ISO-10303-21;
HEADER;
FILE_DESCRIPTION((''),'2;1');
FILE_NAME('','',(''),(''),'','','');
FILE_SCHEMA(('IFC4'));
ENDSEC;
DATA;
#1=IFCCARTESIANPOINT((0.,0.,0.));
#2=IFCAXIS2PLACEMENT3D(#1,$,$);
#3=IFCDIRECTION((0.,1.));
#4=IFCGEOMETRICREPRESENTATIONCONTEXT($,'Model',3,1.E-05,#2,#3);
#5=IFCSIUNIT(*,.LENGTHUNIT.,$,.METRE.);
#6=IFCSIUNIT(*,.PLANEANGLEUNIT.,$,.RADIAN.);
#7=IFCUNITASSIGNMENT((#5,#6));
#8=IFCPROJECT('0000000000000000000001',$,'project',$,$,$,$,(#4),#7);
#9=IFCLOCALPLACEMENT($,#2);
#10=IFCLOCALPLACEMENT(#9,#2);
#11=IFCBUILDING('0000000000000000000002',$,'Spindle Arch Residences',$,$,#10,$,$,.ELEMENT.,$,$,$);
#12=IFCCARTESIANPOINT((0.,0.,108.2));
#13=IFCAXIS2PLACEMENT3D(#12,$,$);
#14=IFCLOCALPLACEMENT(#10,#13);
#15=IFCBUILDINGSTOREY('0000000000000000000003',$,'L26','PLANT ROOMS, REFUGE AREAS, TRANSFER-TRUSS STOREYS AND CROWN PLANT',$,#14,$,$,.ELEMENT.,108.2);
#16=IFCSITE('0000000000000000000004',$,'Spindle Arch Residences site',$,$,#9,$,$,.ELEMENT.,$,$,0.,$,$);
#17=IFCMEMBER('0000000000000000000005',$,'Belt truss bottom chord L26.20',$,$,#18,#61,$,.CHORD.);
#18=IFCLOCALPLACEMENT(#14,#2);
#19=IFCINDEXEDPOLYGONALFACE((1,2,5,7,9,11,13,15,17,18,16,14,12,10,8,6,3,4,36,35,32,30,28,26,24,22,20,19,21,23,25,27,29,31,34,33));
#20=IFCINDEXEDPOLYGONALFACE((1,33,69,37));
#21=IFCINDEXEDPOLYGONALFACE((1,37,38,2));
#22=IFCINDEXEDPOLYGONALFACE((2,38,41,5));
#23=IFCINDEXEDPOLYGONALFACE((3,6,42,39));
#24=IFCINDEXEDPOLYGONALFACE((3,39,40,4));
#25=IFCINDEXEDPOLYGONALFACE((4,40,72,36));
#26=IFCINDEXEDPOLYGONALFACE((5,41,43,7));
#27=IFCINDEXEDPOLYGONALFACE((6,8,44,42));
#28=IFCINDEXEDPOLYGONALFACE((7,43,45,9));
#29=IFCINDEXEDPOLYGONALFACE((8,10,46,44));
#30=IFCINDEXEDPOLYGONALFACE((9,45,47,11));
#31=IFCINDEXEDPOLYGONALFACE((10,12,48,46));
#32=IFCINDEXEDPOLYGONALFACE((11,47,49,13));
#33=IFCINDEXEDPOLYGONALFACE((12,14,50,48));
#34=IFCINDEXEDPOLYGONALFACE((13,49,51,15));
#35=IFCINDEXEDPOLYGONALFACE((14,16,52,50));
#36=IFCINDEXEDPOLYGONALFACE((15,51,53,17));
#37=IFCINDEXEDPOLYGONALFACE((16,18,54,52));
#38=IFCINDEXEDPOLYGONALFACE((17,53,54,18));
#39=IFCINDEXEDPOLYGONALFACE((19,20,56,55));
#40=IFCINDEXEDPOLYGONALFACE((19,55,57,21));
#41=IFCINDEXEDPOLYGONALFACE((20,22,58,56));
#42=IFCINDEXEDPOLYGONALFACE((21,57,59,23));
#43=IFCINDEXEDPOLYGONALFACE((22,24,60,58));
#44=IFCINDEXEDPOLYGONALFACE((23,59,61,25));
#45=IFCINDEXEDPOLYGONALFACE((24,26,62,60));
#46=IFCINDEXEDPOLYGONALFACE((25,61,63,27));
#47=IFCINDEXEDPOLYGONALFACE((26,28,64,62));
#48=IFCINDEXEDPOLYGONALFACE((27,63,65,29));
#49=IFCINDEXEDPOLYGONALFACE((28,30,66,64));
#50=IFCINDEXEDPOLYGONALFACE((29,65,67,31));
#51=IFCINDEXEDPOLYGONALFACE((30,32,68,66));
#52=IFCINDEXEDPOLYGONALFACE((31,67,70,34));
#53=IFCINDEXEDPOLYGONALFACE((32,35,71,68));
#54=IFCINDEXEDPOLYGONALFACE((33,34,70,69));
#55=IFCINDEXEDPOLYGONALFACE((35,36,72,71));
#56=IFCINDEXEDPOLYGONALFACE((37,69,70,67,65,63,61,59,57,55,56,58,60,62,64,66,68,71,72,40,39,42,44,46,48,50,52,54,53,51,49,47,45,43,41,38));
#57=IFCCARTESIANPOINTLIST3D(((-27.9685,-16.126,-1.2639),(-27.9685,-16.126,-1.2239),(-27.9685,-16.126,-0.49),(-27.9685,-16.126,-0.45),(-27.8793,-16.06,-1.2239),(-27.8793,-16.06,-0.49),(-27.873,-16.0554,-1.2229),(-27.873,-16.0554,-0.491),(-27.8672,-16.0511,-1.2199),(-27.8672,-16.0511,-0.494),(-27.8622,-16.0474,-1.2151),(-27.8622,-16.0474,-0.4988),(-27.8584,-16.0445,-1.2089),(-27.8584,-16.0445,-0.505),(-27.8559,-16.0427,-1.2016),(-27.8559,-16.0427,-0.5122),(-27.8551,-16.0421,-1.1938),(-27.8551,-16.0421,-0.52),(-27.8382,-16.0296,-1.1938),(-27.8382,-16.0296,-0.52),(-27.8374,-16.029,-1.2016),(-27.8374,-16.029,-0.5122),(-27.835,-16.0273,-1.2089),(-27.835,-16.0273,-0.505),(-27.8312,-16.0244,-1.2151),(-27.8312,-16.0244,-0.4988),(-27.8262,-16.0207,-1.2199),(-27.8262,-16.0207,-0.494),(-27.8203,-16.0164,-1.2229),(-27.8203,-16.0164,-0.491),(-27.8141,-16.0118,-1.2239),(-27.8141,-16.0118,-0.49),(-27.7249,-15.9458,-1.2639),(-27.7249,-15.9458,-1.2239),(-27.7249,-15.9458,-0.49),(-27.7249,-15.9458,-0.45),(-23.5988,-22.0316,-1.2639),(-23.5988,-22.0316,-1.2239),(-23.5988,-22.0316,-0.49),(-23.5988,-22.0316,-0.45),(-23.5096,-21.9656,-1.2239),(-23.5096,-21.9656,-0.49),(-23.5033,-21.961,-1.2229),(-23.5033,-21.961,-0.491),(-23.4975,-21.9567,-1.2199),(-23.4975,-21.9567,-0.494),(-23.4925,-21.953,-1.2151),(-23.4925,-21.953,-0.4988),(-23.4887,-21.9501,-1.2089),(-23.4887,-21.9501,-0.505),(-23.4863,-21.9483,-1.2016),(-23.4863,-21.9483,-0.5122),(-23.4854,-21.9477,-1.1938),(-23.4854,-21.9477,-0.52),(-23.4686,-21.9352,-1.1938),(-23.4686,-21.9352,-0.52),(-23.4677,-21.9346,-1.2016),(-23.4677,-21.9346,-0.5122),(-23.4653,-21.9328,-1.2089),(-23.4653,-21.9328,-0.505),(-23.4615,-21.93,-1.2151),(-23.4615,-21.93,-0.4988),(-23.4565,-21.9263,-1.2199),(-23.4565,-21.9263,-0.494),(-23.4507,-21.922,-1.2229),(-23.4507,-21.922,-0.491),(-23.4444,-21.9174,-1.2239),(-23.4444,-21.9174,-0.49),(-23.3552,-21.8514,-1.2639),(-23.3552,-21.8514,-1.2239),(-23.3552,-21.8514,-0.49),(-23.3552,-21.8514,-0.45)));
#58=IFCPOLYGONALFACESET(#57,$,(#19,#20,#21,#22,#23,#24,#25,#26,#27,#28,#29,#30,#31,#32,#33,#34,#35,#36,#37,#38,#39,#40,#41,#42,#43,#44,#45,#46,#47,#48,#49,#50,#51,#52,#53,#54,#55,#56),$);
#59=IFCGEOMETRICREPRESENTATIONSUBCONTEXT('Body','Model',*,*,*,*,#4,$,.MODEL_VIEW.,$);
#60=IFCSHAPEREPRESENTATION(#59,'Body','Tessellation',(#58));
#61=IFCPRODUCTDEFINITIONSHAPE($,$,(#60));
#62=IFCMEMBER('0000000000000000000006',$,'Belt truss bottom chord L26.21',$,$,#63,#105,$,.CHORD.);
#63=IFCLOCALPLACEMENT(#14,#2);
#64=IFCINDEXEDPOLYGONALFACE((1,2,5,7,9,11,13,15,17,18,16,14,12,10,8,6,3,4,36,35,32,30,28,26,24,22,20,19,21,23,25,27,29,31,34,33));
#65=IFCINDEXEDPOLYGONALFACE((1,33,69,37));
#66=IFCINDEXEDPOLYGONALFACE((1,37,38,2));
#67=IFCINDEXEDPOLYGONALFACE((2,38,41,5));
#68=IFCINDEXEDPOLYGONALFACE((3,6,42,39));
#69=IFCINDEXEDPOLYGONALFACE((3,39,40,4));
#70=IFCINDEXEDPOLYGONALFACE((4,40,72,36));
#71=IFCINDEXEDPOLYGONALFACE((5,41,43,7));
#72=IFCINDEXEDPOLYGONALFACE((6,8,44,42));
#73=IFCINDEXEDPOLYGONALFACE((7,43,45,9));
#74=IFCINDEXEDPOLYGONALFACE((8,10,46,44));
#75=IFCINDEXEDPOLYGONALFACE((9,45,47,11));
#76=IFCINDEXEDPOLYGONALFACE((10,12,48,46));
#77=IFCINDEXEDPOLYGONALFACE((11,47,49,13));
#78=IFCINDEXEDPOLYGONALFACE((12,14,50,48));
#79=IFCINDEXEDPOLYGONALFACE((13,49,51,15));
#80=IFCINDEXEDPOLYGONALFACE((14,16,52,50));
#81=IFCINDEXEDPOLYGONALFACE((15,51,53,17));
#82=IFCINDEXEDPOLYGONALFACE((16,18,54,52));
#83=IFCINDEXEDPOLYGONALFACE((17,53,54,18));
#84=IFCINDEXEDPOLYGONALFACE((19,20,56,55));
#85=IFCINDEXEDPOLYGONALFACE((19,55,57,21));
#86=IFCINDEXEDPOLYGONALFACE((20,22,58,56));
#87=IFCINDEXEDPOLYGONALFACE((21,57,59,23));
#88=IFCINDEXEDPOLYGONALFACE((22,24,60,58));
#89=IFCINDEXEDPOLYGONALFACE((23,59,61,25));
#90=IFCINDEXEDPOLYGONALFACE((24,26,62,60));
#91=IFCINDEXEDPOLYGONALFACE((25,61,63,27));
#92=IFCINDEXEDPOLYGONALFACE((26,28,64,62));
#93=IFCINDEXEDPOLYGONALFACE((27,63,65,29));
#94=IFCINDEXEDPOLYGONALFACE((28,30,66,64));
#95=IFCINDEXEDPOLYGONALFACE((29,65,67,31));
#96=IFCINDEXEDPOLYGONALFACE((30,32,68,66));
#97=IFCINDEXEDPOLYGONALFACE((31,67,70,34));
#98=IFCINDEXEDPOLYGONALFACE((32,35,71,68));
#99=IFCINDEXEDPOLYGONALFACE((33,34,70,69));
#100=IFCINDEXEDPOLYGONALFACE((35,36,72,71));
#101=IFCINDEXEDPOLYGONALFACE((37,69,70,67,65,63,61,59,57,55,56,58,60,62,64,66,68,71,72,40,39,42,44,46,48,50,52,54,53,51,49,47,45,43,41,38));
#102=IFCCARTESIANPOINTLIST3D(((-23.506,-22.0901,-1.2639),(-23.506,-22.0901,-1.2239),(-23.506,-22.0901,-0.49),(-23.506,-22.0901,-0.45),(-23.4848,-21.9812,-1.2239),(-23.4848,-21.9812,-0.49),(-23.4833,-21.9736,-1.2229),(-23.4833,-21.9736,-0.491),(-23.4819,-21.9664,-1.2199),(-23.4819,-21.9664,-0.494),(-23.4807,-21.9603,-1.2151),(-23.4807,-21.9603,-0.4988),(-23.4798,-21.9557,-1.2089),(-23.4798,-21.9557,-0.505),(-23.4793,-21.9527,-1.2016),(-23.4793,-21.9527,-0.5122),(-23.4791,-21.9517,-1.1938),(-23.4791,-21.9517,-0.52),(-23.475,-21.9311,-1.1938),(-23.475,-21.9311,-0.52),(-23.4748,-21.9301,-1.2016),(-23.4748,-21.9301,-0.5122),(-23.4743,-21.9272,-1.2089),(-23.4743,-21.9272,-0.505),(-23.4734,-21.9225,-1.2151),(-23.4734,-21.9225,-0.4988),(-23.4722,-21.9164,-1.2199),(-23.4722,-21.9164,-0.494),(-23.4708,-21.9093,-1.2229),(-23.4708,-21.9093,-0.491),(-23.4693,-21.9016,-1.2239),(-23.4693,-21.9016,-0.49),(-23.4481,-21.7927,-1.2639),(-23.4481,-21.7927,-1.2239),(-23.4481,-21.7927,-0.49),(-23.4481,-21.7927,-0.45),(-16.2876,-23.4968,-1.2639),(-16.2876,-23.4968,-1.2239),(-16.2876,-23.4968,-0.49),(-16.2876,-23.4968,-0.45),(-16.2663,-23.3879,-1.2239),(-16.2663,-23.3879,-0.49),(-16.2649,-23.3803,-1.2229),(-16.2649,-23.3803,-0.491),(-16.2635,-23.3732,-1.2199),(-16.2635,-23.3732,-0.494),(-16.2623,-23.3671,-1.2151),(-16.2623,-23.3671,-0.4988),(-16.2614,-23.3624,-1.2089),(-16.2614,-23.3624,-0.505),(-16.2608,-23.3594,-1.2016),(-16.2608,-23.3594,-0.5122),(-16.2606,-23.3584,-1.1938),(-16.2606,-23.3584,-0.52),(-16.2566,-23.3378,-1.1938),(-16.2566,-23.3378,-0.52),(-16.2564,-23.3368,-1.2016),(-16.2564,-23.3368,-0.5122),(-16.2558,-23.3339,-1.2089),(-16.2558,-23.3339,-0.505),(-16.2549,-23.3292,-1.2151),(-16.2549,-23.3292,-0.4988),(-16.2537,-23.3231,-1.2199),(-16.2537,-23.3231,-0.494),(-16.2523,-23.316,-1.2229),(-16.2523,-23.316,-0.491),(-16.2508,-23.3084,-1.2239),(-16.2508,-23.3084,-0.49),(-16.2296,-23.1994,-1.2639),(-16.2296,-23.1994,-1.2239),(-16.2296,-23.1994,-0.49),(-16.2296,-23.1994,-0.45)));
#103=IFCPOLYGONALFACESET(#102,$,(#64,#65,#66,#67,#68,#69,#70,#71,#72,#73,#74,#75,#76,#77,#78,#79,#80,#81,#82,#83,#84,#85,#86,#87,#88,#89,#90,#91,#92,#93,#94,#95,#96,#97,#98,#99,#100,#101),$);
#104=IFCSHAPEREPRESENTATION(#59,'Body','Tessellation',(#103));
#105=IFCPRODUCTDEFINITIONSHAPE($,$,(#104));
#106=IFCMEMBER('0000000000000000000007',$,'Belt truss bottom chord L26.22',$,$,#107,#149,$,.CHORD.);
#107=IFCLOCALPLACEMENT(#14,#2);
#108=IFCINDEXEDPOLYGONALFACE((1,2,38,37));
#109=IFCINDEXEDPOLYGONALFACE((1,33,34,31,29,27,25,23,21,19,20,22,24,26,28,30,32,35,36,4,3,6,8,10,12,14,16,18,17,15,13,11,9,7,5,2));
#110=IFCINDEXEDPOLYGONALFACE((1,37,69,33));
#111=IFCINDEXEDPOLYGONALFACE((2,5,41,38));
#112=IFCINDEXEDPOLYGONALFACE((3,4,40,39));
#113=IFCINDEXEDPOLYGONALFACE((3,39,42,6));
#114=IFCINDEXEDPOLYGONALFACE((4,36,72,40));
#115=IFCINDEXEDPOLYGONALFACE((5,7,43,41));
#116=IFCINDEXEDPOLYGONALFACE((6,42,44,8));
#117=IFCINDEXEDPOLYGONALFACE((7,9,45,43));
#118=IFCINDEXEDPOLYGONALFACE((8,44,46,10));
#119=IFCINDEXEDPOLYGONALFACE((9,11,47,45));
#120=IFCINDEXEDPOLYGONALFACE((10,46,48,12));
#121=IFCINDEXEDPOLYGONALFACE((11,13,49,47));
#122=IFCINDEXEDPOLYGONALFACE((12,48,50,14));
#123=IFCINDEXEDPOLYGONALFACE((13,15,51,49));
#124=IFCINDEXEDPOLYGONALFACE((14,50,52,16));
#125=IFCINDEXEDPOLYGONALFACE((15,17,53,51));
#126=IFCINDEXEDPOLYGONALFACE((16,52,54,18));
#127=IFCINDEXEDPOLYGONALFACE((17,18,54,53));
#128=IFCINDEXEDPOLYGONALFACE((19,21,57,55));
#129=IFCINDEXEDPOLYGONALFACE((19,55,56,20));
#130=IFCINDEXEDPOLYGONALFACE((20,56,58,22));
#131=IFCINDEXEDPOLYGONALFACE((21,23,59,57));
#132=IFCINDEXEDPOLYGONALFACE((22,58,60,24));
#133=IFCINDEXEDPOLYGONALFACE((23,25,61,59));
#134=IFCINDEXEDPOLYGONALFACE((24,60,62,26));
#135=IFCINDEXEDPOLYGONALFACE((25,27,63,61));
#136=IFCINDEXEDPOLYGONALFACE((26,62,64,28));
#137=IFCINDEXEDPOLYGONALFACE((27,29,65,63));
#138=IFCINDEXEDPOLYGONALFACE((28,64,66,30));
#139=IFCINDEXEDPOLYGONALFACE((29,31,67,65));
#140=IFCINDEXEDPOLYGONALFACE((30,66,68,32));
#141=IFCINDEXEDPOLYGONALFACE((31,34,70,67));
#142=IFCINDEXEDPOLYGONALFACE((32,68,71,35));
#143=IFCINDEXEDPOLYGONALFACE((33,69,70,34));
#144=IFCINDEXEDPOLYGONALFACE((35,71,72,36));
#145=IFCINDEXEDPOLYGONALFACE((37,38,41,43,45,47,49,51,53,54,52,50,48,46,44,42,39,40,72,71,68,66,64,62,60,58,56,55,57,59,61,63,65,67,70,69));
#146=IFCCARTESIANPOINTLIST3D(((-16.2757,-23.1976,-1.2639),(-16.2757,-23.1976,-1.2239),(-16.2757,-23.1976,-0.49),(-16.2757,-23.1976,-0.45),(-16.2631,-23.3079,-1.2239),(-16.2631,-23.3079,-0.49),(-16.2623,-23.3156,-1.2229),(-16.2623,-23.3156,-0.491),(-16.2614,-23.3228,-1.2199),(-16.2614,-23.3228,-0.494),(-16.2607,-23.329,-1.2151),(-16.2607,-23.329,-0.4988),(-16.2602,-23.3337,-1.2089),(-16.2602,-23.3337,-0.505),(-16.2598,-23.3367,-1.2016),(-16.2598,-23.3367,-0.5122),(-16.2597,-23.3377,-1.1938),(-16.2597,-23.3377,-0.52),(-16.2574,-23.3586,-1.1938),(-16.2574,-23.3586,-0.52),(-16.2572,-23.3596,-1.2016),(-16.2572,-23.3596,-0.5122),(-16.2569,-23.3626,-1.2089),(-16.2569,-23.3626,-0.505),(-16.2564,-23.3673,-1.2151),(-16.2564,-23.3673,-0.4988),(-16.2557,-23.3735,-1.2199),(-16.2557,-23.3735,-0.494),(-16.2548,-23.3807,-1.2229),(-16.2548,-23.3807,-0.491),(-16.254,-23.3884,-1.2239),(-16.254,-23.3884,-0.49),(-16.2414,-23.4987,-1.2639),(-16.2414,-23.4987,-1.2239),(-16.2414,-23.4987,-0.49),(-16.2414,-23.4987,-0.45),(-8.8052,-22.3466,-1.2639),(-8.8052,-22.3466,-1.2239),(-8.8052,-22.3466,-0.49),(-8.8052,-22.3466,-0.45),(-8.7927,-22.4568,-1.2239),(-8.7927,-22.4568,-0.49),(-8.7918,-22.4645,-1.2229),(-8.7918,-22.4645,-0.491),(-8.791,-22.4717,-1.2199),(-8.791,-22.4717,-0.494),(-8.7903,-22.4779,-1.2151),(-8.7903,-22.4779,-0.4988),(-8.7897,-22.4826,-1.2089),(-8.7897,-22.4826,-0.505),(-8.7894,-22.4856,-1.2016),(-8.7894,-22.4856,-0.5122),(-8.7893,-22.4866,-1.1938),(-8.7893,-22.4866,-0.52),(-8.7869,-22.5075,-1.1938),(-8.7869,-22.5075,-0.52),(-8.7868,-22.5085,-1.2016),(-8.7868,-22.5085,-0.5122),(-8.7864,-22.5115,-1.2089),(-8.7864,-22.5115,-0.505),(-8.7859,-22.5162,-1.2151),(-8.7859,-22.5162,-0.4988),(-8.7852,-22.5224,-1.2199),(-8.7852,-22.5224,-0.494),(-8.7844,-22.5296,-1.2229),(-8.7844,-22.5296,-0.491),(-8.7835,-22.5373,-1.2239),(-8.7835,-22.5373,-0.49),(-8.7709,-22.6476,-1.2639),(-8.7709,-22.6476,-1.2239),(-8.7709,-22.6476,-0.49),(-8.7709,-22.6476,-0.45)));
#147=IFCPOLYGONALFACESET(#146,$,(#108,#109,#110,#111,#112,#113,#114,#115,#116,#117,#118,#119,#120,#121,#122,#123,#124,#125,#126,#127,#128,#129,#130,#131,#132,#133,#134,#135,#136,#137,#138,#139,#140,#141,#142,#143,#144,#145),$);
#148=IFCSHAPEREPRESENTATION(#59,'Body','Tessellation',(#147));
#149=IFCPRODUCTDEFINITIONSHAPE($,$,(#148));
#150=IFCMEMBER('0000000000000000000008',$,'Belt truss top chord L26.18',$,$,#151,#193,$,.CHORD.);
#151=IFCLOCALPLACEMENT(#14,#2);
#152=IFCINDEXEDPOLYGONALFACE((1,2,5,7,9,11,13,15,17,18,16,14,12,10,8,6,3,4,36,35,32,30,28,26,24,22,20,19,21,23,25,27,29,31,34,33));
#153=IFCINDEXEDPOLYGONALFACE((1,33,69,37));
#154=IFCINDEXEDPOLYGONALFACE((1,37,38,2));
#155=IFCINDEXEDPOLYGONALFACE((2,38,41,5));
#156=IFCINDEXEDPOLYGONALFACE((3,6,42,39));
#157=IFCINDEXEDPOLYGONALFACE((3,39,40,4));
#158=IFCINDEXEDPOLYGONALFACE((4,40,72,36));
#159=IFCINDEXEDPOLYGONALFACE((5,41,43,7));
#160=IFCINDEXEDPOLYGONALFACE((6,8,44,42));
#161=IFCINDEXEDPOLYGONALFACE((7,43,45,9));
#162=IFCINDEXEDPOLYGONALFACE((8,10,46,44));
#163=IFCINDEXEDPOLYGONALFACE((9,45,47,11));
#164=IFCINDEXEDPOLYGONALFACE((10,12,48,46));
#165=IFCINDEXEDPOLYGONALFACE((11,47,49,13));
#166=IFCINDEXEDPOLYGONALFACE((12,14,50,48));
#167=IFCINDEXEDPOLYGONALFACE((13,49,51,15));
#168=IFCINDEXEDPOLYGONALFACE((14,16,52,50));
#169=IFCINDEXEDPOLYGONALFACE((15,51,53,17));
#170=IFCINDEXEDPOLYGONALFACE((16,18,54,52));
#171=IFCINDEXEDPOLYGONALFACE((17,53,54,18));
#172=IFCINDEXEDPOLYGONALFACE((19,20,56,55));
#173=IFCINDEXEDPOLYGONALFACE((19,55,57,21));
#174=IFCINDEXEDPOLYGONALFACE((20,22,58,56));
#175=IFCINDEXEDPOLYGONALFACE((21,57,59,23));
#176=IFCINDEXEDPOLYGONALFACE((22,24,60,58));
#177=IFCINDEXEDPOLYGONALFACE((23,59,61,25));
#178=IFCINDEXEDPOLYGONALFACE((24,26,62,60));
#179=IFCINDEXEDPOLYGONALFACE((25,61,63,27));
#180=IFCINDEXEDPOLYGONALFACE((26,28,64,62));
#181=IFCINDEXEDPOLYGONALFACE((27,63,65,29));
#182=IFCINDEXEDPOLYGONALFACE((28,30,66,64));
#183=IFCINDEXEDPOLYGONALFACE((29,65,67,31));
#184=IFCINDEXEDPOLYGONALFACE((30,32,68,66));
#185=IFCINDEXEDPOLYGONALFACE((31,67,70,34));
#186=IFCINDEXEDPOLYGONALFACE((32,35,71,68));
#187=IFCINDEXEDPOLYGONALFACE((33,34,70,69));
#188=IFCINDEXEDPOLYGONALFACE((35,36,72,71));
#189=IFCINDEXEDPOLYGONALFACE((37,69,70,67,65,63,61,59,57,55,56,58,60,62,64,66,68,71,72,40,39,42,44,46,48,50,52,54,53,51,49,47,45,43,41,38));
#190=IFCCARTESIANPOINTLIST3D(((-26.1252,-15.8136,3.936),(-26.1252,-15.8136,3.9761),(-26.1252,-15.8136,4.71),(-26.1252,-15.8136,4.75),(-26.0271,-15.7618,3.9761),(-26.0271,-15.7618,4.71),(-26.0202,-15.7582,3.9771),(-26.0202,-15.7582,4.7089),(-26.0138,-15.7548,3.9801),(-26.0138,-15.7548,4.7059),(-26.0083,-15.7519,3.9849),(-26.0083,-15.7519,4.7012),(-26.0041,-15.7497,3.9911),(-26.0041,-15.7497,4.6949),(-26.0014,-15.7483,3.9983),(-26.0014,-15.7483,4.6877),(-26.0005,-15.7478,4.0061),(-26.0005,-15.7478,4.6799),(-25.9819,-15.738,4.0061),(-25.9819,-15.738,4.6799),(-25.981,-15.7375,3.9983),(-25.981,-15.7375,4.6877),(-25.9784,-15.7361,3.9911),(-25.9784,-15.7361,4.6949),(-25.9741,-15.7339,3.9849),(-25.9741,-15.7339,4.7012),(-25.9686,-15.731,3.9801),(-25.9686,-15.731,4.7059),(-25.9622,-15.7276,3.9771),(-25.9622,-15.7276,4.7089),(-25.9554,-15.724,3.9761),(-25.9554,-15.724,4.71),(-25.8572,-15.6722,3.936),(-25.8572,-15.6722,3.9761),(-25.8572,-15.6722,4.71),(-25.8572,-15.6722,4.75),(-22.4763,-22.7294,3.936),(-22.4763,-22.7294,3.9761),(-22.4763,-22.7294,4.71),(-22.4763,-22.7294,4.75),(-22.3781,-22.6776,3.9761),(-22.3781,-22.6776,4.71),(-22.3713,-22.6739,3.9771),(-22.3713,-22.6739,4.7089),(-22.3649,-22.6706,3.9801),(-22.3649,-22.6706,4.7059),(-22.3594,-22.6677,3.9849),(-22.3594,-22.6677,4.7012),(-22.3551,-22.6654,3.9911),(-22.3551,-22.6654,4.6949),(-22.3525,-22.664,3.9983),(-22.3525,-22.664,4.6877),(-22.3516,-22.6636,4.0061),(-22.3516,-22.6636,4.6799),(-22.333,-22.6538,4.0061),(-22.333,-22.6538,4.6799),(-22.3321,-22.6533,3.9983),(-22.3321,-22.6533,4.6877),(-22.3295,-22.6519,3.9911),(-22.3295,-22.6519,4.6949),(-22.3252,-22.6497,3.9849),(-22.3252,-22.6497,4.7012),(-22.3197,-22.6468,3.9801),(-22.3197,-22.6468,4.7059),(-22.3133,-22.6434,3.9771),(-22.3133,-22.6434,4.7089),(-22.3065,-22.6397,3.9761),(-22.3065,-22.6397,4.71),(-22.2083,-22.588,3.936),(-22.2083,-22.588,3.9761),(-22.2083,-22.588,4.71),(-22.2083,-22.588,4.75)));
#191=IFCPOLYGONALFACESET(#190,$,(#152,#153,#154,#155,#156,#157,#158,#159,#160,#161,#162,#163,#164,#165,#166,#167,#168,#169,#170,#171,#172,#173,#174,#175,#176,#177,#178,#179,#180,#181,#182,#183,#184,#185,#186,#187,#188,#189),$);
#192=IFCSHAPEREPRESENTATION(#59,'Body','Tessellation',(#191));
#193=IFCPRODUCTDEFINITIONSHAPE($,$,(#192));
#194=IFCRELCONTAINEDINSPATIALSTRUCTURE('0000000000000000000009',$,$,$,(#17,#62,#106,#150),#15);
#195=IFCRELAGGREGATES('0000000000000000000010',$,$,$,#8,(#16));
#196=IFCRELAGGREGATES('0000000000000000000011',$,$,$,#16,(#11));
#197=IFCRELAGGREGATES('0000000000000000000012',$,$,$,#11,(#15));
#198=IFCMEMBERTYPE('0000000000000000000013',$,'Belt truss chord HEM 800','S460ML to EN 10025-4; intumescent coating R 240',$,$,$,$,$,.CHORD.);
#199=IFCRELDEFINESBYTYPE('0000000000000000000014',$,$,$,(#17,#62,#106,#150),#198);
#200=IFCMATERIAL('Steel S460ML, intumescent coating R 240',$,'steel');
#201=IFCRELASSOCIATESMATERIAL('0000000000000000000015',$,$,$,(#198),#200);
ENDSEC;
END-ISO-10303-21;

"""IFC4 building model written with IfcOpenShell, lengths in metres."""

from ifc_helpers import new_model, si_unit, direction, frame, origin, origin_2d, place, context, subcontext, project, spatial, i_section, extrude, material, material_profile, profile_set, type_object, element, save


model = new_model("IFC4")

# Units and contexts
model_context = context("Model", 3, precision=1e-05, world=origin(), true_north=direction((0.0, 1.0)))
body_context = subcontext(model_context, "Body", "Model", "MODEL_VIEW")
ifc_project = project(units=[si_unit("LENGTHUNIT", "METRE"), si_unit("PLANEANGLEUNIT", "RADIAN")], contexts=[model_context])

# Site, building, storey
site_placement = place(None, origin())
site = spatial("IfcSite", under=ifc_project, at=site_placement, Name="Spindle Arch Residences site", CompositionType="ELEMENT", RefElevation=0.0)
building_placement = place(site_placement, origin())
building = spatial("IfcBuilding", under=site, at=building_placement, Name="Spindle Arch Residences", CompositionType="ELEMENT")
storey_placement = place(building_placement, frame((0.0, 0.0, 108.2)))
storey = spatial("IfcBuildingStorey", under=building, at=storey_placement, Name="L26", Description="PLANT ROOMS, REFUGE AREAS, TRANSFER-TRUSS STOREYS AND CROWN PLANT", CompositionType="ELEMENT", Elevation=108.2)

# Members
ifc_material_1 = material(Name="Steel S460ML, intumescent coating R 240", Category="steel")
ifc_material_profile_1 = material_profile(ifc_material_1, i_section(OverallWidth=0.303, OverallDepth=0.814, WebThickness=0.021, FlangeThickness=0.04, FilletRadius=0.03, at=origin_2d()), Name="HEM 800")
ifc_profile_set_1 = profile_set([ifc_material_profile_1], Name="Steel S460ML, intumescent coating R 240")
member_type_1 = type_object("IfcMemberType", Name="Belt truss chord HEM 800", Description="S460ML to EN 10025-4; intumescent coating R 240", PredefinedType="CHORD", material=ifc_profile_set_1)
member_1_placement = place(storey_placement, frame((-27.8467, -16.0359, -0.8569), z_axis=(0.594803, -0.803871, 0.0), x_axis=(0.803871, 0.594803, 0.0)))
element("IfcMember", 1, at=member_1_placement, inside=storey, type_object=member_type_1, Name="Belt truss bottom chord L26.20", PredefinedType="CHORD", context=body_context, shape_type="SweptSolid", body=[
    extrude(i_section(OverallWidth=0.303, OverallDepth=0.814, WebThickness=0.021, FlangeThickness=0.04, FilletRadius=0.03, at=origin_2d()), origin(), (0.0, 0.0, 1.0), 7.3464),
])
member_2_placement = place(storey_placement, frame((-23.4771, -21.9414, -0.8569), z_axis=(0.981535, -0.191281, 0.0), x_axis=(0.191281, 0.981535, 0.0)))
element("IfcMember", 2, at=member_2_placement, inside=storey, type_object=member_type_1, Name="Belt truss bottom chord L26.21", PredefinedType="CHORD", context=body_context, shape_type="SweptSolid", body=[
    extrude(i_section(OverallWidth=0.303, OverallDepth=0.814, WebThickness=0.021, FlangeThickness=0.04, FilletRadius=0.03, at=origin_2d()), origin(), (0.0, 0.0, 1.0), 7.3542),
])
member_3_placement = place(storey_placement, frame((-16.2585, -23.3481, -0.8569), z_axis=(0.993573, 0.113193, 0.0), x_axis=(-0.113193, 0.993573, 0.0)))
element("IfcMember", 3, at=member_3_placement, inside=storey, type_object=member_type_1, Name="Belt truss bottom chord L26.22", PredefinedType="CHORD", context=body_context, shape_type="SweptSolid", body=[
    extrude(i_section(OverallWidth=0.303, OverallDepth=0.814, WebThickness=0.021, FlangeThickness=0.04, FilletRadius=0.03, at=origin_2d()), origin(), (0.0, 0.0, 1.0), 7.5188),
])
for number, where, z_axis, x_axis, name in (
    (4, (-25.9912, -15.7429, 4.343), (0.466652, -0.884441, 0.0), (0.884441, 0.466652, 0.0), "Belt truss top chord L26.18"),
):
    element("IfcMember", number, at=place(storey_placement, frame(where, z_axis=z_axis, x_axis=x_axis)), inside=storey, type_object=member_type_1, Name=name, PredefinedType="CHORD", context=body_context, shape_type="SweptSolid", body=[
        extrude(i_section(OverallWidth=0.303, OverallDepth=0.814, WebThickness=0.021, FlangeThickness=0.04, FilletRadius=0.03, at=origin_2d()), origin(), (0.0, 0.0, 1.0), 7.8193),
    ])

save(model, "model.ifc")
